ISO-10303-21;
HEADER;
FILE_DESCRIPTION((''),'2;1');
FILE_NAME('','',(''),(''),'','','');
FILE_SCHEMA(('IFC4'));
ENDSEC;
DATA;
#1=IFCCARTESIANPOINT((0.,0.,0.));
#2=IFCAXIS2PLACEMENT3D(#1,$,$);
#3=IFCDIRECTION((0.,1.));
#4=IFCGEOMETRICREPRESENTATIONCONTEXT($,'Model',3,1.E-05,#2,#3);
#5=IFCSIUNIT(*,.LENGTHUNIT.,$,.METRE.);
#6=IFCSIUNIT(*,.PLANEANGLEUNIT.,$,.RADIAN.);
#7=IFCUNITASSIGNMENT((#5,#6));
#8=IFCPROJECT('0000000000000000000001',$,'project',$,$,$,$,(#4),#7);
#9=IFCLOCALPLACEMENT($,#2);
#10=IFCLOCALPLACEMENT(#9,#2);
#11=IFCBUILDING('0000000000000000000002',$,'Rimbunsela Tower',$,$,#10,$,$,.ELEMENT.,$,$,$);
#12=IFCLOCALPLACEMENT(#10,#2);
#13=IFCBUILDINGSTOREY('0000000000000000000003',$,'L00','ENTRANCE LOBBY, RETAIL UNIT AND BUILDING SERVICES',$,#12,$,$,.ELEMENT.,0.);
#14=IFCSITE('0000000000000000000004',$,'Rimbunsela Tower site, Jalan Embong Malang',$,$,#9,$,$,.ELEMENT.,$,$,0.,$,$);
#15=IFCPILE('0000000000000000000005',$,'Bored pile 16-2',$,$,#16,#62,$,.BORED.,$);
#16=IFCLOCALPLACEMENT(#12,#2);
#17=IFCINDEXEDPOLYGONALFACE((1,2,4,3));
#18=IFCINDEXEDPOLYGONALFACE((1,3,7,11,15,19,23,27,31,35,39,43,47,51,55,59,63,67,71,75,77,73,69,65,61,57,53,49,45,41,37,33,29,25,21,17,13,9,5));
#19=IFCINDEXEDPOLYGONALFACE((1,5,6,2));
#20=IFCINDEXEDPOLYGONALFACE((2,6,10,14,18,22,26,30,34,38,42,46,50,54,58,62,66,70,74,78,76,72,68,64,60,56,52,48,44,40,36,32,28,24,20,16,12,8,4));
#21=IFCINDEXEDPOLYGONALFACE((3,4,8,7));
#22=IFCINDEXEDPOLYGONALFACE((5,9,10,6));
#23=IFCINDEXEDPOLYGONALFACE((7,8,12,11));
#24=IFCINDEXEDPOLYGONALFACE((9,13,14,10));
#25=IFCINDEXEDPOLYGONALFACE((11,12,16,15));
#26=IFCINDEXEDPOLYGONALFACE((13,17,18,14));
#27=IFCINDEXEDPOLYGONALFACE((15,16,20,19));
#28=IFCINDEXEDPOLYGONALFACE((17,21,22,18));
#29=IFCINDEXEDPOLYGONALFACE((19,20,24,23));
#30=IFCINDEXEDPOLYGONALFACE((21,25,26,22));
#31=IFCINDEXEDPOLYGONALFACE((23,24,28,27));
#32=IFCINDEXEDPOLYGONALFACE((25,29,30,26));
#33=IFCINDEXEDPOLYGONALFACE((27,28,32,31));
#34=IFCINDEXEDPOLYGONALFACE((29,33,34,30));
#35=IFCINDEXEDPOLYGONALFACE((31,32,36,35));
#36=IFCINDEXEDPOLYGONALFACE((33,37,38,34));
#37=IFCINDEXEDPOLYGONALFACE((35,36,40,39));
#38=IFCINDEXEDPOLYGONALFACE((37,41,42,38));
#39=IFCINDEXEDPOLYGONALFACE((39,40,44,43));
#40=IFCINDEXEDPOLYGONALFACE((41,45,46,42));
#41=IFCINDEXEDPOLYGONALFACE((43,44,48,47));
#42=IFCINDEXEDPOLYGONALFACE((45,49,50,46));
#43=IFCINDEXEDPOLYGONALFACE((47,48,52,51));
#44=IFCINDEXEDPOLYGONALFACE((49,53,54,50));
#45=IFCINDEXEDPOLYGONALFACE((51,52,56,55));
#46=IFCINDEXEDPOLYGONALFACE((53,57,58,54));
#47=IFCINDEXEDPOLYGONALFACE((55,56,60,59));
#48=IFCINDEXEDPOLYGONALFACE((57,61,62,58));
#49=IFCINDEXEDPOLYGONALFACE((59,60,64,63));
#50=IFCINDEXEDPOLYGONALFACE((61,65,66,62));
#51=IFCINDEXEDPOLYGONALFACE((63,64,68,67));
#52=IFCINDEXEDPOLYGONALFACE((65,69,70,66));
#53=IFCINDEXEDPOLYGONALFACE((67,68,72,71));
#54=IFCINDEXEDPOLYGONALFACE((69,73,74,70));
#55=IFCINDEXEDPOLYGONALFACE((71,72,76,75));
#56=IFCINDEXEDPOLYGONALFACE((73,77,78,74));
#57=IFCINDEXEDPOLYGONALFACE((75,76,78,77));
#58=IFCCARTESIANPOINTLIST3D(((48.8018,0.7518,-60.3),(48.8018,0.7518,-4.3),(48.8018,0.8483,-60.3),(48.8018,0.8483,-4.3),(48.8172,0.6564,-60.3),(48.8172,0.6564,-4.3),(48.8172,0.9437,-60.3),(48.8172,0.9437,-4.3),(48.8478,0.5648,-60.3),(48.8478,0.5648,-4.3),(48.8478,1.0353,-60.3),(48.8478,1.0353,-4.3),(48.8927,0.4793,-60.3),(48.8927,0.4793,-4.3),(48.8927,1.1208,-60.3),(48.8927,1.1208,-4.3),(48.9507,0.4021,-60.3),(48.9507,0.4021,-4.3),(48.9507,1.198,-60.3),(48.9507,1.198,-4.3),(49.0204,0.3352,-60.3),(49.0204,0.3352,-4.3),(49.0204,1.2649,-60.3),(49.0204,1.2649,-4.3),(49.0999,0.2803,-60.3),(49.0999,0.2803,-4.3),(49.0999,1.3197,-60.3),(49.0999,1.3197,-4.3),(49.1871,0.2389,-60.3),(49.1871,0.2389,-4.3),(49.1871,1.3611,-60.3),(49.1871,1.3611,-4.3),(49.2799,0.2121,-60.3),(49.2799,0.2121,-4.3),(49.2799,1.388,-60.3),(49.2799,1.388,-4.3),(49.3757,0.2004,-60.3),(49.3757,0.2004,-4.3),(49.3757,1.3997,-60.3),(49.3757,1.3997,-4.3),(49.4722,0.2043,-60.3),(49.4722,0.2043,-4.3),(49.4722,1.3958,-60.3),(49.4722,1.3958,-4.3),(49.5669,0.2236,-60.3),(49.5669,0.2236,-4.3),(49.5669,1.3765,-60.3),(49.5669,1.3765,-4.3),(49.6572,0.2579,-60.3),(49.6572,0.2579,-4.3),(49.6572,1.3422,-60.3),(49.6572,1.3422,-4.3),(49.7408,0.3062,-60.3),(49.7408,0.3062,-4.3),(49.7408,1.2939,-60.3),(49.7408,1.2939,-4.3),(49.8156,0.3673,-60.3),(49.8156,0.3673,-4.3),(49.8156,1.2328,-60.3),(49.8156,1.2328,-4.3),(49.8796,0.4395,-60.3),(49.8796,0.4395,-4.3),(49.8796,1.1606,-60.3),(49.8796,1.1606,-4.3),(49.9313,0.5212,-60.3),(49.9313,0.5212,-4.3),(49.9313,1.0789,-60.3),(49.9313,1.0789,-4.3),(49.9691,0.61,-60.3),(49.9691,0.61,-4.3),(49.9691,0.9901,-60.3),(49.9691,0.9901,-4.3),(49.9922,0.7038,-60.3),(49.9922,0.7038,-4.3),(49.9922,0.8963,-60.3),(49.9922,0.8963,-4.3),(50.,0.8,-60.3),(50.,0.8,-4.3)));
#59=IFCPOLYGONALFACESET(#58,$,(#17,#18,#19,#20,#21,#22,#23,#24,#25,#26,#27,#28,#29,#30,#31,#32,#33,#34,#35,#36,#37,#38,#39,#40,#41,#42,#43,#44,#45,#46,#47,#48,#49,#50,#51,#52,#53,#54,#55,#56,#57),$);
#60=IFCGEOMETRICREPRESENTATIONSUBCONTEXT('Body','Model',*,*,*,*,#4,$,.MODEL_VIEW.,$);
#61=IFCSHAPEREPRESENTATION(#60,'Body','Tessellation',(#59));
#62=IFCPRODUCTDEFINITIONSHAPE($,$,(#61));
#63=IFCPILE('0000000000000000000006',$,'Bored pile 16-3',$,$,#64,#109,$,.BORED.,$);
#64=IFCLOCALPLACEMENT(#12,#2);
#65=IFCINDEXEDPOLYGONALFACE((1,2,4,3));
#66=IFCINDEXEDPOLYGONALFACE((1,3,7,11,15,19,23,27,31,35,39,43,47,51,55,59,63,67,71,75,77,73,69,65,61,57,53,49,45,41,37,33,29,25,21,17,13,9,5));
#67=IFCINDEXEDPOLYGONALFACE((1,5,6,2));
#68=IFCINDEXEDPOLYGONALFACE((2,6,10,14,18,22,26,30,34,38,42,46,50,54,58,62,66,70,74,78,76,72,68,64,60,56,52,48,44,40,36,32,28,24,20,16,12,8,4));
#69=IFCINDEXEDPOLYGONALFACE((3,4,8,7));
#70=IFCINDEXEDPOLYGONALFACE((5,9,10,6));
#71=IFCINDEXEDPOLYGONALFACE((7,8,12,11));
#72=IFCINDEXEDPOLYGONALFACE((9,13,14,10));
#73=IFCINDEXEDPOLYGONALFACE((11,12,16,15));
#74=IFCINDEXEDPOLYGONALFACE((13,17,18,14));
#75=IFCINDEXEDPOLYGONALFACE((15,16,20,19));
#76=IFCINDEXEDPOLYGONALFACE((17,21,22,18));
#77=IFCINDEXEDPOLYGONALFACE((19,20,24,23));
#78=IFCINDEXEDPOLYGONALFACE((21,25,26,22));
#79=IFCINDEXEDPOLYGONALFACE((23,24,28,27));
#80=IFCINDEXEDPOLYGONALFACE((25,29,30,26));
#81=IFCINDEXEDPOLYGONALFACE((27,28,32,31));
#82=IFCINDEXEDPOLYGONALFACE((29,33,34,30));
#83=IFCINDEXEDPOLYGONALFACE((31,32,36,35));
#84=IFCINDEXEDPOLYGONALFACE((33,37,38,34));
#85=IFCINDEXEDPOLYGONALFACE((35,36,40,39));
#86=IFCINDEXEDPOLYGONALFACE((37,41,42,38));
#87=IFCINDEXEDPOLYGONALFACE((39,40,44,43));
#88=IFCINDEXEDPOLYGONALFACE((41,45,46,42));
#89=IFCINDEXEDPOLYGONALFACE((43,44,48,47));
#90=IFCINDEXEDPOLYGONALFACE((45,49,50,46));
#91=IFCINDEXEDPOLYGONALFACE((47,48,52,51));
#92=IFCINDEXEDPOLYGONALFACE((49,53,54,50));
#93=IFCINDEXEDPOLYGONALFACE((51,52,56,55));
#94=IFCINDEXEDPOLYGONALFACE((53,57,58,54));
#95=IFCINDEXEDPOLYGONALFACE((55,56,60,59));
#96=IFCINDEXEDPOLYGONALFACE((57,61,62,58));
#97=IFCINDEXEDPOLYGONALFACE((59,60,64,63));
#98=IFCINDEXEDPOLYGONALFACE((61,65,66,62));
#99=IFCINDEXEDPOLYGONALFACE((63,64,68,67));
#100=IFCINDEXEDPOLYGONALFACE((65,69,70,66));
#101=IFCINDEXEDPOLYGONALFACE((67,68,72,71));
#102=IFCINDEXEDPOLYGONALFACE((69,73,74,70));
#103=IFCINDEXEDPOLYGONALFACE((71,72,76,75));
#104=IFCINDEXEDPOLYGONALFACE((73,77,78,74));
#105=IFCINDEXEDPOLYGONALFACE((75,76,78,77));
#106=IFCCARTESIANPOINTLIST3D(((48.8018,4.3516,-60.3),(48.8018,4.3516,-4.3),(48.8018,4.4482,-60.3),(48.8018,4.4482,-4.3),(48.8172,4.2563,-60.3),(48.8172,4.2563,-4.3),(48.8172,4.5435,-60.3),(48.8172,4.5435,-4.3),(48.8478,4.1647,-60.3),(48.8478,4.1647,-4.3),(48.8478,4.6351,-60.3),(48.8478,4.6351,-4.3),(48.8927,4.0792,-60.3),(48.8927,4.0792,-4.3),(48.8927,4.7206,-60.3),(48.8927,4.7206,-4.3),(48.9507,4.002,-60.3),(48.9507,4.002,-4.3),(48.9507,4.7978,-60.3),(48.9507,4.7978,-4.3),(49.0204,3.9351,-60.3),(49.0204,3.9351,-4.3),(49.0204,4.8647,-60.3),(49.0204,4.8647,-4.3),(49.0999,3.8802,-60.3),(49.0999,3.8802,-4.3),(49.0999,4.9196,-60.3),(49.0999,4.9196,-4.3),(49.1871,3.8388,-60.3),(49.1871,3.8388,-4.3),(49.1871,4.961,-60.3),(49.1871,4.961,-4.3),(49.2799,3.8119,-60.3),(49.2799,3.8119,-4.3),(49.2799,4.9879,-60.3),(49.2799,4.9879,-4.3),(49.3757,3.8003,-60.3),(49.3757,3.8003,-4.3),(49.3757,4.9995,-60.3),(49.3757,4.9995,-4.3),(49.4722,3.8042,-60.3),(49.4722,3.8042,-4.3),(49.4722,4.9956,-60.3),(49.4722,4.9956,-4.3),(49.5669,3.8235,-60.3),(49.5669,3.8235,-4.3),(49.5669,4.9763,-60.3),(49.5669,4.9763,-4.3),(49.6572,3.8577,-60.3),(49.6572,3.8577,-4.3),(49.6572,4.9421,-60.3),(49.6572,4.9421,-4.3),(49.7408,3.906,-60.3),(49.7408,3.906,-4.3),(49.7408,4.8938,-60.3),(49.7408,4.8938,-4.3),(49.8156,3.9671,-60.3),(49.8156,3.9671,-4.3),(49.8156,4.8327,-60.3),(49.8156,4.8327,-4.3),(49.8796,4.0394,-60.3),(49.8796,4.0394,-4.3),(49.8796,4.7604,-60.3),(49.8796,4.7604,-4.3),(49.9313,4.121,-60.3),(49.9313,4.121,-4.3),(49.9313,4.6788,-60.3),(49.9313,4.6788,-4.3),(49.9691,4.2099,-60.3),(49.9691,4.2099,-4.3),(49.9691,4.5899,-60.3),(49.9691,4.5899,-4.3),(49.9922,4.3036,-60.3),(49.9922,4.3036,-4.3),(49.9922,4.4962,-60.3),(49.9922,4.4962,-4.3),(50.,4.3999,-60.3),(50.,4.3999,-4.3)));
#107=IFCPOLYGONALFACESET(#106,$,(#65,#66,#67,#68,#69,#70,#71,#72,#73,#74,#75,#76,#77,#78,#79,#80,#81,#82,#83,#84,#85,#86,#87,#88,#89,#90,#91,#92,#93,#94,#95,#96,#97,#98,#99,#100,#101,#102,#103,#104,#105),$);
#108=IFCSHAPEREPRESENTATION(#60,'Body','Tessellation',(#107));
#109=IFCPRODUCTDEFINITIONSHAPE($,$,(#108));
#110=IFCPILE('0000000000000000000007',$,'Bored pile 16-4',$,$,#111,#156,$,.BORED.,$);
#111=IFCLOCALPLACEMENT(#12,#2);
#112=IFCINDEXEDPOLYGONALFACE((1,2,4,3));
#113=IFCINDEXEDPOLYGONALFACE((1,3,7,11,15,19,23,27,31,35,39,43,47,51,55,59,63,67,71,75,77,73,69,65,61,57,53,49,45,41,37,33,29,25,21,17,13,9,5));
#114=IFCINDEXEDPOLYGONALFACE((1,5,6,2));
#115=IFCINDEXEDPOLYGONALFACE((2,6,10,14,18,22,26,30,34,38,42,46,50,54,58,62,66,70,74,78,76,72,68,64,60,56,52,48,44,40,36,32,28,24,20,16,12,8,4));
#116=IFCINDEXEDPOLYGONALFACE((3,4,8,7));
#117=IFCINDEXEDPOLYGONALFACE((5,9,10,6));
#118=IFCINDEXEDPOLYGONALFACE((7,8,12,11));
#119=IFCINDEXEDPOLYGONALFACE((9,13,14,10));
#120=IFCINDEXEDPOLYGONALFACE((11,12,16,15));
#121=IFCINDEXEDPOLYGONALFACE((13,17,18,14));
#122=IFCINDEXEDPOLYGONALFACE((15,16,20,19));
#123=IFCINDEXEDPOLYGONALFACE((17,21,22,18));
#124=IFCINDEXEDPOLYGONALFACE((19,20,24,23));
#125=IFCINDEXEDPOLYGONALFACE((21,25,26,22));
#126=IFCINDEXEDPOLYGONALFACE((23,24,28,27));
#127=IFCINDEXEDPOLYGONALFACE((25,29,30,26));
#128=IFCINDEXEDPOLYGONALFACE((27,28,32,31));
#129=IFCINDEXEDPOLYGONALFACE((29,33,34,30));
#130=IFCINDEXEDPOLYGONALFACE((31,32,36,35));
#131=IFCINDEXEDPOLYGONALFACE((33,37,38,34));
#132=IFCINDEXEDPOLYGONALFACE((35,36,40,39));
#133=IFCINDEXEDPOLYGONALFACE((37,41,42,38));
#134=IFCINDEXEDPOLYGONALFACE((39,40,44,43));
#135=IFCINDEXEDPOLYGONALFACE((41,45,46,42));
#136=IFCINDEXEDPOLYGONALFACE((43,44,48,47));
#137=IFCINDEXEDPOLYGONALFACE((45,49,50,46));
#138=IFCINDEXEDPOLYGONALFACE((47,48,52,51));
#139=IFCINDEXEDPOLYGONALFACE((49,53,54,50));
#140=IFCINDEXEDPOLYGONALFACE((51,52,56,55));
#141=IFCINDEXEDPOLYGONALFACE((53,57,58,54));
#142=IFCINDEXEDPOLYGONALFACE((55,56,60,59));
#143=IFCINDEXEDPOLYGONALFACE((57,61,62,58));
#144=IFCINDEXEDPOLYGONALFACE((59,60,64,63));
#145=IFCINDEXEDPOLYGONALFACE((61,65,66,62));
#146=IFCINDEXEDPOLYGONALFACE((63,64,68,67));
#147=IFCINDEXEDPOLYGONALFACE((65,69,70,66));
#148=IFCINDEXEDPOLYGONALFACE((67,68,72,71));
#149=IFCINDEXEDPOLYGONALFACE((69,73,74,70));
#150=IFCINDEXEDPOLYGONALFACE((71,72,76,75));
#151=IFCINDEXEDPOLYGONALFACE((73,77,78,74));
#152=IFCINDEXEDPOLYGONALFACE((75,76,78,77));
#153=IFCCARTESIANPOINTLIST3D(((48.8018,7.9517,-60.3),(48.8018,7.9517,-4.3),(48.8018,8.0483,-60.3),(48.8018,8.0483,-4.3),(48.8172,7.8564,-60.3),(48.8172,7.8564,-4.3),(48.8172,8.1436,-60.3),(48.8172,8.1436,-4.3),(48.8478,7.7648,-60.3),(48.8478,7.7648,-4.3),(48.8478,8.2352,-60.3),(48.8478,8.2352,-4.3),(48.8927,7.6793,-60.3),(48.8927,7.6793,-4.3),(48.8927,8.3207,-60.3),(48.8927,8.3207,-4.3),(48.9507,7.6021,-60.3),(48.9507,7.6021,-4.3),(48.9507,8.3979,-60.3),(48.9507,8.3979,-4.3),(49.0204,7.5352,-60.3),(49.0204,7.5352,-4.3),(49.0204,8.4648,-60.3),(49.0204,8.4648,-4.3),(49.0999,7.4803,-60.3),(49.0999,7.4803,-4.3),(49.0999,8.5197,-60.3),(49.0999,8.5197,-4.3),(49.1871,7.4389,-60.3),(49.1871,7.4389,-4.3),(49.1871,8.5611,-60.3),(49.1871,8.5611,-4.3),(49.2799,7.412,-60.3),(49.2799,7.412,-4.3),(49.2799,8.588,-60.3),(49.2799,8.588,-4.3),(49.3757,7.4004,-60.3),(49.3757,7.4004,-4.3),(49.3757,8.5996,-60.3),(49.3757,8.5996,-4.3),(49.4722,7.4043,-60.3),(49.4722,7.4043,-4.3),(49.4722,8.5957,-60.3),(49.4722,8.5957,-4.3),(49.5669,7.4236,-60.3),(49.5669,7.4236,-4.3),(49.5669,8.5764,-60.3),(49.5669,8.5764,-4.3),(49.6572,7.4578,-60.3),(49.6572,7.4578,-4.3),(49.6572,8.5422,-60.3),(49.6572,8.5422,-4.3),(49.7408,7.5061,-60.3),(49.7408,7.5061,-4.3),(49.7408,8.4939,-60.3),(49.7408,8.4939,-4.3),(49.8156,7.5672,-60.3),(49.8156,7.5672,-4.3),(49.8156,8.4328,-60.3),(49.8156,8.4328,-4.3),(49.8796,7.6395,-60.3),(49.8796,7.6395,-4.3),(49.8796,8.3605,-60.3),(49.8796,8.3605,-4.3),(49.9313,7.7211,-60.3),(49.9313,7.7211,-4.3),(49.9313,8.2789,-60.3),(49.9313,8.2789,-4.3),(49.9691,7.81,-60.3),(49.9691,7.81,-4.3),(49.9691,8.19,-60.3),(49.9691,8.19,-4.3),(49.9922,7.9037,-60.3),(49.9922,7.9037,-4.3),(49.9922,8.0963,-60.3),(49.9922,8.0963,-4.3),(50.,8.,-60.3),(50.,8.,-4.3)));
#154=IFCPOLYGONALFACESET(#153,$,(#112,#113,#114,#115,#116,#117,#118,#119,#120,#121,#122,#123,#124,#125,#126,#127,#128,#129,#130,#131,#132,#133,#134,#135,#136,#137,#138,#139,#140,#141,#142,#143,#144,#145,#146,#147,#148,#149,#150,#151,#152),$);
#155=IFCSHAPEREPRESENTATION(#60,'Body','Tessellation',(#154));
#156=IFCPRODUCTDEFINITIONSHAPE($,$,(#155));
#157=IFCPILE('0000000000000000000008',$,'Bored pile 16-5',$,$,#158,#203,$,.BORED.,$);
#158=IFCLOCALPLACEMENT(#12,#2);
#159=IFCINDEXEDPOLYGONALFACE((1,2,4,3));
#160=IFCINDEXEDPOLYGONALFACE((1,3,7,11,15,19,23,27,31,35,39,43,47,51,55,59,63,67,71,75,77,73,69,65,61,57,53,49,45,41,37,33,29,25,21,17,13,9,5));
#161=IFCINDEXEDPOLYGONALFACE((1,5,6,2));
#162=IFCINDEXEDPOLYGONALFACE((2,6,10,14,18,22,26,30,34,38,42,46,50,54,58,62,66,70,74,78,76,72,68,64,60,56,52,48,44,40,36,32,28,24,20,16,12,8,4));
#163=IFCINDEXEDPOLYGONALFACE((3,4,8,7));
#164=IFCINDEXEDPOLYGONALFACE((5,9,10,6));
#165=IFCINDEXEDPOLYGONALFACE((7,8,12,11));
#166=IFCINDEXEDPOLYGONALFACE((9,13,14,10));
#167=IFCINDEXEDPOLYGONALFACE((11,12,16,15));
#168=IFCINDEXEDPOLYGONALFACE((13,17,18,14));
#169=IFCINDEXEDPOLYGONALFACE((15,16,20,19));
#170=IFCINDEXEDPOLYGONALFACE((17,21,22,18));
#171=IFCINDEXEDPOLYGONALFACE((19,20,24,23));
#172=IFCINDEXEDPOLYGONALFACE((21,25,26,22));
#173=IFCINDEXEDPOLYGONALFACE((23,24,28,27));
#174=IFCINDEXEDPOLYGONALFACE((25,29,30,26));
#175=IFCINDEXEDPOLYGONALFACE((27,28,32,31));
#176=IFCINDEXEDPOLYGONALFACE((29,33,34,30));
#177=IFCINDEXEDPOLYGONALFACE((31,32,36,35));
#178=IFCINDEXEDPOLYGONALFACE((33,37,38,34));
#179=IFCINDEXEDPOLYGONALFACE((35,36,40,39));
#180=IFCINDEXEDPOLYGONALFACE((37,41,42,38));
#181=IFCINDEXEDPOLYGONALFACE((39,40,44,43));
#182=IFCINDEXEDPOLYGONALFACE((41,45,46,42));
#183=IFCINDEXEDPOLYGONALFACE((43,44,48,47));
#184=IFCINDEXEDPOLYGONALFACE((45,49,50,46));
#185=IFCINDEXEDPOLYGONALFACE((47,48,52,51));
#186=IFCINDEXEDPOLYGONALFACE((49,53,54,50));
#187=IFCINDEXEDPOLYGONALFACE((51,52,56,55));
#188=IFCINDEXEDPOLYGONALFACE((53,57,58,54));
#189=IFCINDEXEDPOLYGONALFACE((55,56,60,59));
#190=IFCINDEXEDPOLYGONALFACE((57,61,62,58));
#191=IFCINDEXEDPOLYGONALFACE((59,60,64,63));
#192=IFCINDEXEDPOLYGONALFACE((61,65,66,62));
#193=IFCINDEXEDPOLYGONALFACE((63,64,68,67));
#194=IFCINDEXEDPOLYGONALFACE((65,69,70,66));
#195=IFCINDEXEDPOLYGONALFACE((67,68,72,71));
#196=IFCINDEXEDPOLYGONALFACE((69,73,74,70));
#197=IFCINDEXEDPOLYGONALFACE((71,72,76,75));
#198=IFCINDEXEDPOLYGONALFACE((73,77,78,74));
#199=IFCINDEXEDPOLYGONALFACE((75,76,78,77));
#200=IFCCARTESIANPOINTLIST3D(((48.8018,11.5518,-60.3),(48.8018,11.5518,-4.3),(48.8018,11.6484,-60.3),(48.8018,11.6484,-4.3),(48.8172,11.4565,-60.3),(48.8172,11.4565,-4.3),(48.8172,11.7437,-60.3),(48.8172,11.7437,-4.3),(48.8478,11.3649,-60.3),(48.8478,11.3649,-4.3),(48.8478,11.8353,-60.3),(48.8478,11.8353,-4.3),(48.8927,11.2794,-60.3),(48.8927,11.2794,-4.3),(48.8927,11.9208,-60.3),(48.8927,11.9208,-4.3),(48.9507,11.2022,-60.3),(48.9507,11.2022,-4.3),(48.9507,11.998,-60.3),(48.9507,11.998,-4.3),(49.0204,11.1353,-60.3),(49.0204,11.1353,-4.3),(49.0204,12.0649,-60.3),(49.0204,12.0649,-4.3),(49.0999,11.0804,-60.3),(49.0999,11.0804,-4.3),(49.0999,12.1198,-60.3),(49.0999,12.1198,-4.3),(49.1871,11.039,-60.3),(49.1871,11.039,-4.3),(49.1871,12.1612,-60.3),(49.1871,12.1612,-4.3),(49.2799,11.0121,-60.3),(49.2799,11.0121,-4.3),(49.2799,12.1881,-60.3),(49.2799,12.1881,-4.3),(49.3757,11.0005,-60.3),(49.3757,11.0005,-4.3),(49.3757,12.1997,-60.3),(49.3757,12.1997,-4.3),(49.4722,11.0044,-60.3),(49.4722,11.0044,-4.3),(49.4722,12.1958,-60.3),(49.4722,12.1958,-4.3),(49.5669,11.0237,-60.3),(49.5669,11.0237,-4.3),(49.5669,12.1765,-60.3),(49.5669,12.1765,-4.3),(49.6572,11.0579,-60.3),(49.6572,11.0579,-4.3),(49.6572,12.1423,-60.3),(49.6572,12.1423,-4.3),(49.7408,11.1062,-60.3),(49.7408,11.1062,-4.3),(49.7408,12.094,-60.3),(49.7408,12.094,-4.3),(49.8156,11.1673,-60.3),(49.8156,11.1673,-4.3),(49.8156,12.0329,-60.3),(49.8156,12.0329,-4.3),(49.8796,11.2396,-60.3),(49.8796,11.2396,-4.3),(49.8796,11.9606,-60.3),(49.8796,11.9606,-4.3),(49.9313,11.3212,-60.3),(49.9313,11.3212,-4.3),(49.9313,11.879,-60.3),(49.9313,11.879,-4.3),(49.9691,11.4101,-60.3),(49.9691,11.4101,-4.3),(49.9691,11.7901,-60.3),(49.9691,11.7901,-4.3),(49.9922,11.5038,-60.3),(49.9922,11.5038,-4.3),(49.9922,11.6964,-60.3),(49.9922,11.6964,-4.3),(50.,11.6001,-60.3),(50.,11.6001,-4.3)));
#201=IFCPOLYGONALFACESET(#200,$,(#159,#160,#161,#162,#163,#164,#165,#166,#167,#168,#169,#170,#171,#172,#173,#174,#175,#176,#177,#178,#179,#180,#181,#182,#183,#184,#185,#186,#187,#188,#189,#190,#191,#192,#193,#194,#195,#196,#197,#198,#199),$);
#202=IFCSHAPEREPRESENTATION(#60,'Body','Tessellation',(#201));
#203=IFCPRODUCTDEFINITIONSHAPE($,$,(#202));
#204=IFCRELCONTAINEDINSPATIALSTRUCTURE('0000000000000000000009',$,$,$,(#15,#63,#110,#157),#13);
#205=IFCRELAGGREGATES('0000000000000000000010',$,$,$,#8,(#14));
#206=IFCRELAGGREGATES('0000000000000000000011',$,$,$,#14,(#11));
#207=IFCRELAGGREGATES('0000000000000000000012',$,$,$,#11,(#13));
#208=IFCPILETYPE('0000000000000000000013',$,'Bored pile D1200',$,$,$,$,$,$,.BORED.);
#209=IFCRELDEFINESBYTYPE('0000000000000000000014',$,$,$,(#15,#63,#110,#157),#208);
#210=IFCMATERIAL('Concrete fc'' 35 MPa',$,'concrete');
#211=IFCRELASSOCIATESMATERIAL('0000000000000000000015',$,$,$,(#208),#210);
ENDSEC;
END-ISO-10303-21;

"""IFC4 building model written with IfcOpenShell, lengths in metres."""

from ifc_helpers import new_model, si_unit, direction, frame, origin, origin_2d, place, context, subcontext, project, spatial, circle, extrude, material, material_profile, profile_set, type_object, element, save


model = new_model("IFC4")

# Units and contexts
model_context = context("Model", 3, precision=1e-05, world=origin(), true_north=direction((0.0, 1.0)))
body_context = subcontext(model_context, "Body", "Model", "MODEL_VIEW")
ifc_project = project(units=[si_unit("LENGTHUNIT", "METRE"), si_unit("PLANEANGLEUNIT", "RADIAN")], contexts=[model_context])

# Site, building, storey
site_placement = place(None, origin())
site = spatial("IfcSite", under=ifc_project, at=site_placement, Name="Rimbunsela Tower site, Jalan Embong Malang", CompositionType="ELEMENT", RefElevation=0.0)
building_placement = place(site_placement, origin())
building = spatial("IfcBuilding", under=site, at=building_placement, Name="Rimbunsela Tower", CompositionType="ELEMENT")
storey_placement = place(building_placement, origin())
storey = spatial("IfcBuildingStorey", under=building, at=storey_placement, Name="L00", Description="ENTRANCE LOBBY, RETAIL UNIT AND BUILDING SERVICES", CompositionType="ELEMENT", Elevation=0.0)

# Piles
ifc_material_1 = material(Name="Concrete fc' 35 MPa", Category="concrete")
ifc_material_profile_1 = material_profile(ifc_material_1, circle(Radius=0.6001, at=origin_2d()), Name="BP D1200")
ifc_profile_set_1 = profile_set([ifc_material_profile_1], Name="Concrete fc' 35 MPa")
pile_type = type_object("IfcPileType", Name="Bored pile D1200", PredefinedType="BORED", material=ifc_profile_set_1)
for number, where, z_axis, x_axis, name in (
    (1, (49.3999, 0.8, -4.3), (0.0, 0.0, -1.0), (1.0, 0.0, 0.0), "Bored pile 16-2"),
    (2, (49.3999, 4.3999, -4.3), (0.0, 0.0, -1.0), (1.0, 0.0, 0.0), "Bored pile 16-3"),
    (3, (49.3999, 8.0, -4.3), (0.0, 0.0, -1.0), (1.0, 0.0, 0.0), "Bored pile 16-4"),
    (4, (49.3999, 11.6001, -4.3), (0.0, 0.0, -1.0), (1.0, 0.0, 0.0), "Bored pile 16-5"),
):
    element("IfcPile", number, at=place(storey_placement, frame(where, z_axis=z_axis, x_axis=x_axis)), inside=storey, type_object=pile_type, Name=name, PredefinedType="BORED", context=body_context, shape_type="SweptSolid", body=[
        extrude(circle(Radius=0.6001, at=origin_2d()), origin(), (0.0, 0.0, 1.0), 56.0),
    ])

save(model, "model.ifc")
